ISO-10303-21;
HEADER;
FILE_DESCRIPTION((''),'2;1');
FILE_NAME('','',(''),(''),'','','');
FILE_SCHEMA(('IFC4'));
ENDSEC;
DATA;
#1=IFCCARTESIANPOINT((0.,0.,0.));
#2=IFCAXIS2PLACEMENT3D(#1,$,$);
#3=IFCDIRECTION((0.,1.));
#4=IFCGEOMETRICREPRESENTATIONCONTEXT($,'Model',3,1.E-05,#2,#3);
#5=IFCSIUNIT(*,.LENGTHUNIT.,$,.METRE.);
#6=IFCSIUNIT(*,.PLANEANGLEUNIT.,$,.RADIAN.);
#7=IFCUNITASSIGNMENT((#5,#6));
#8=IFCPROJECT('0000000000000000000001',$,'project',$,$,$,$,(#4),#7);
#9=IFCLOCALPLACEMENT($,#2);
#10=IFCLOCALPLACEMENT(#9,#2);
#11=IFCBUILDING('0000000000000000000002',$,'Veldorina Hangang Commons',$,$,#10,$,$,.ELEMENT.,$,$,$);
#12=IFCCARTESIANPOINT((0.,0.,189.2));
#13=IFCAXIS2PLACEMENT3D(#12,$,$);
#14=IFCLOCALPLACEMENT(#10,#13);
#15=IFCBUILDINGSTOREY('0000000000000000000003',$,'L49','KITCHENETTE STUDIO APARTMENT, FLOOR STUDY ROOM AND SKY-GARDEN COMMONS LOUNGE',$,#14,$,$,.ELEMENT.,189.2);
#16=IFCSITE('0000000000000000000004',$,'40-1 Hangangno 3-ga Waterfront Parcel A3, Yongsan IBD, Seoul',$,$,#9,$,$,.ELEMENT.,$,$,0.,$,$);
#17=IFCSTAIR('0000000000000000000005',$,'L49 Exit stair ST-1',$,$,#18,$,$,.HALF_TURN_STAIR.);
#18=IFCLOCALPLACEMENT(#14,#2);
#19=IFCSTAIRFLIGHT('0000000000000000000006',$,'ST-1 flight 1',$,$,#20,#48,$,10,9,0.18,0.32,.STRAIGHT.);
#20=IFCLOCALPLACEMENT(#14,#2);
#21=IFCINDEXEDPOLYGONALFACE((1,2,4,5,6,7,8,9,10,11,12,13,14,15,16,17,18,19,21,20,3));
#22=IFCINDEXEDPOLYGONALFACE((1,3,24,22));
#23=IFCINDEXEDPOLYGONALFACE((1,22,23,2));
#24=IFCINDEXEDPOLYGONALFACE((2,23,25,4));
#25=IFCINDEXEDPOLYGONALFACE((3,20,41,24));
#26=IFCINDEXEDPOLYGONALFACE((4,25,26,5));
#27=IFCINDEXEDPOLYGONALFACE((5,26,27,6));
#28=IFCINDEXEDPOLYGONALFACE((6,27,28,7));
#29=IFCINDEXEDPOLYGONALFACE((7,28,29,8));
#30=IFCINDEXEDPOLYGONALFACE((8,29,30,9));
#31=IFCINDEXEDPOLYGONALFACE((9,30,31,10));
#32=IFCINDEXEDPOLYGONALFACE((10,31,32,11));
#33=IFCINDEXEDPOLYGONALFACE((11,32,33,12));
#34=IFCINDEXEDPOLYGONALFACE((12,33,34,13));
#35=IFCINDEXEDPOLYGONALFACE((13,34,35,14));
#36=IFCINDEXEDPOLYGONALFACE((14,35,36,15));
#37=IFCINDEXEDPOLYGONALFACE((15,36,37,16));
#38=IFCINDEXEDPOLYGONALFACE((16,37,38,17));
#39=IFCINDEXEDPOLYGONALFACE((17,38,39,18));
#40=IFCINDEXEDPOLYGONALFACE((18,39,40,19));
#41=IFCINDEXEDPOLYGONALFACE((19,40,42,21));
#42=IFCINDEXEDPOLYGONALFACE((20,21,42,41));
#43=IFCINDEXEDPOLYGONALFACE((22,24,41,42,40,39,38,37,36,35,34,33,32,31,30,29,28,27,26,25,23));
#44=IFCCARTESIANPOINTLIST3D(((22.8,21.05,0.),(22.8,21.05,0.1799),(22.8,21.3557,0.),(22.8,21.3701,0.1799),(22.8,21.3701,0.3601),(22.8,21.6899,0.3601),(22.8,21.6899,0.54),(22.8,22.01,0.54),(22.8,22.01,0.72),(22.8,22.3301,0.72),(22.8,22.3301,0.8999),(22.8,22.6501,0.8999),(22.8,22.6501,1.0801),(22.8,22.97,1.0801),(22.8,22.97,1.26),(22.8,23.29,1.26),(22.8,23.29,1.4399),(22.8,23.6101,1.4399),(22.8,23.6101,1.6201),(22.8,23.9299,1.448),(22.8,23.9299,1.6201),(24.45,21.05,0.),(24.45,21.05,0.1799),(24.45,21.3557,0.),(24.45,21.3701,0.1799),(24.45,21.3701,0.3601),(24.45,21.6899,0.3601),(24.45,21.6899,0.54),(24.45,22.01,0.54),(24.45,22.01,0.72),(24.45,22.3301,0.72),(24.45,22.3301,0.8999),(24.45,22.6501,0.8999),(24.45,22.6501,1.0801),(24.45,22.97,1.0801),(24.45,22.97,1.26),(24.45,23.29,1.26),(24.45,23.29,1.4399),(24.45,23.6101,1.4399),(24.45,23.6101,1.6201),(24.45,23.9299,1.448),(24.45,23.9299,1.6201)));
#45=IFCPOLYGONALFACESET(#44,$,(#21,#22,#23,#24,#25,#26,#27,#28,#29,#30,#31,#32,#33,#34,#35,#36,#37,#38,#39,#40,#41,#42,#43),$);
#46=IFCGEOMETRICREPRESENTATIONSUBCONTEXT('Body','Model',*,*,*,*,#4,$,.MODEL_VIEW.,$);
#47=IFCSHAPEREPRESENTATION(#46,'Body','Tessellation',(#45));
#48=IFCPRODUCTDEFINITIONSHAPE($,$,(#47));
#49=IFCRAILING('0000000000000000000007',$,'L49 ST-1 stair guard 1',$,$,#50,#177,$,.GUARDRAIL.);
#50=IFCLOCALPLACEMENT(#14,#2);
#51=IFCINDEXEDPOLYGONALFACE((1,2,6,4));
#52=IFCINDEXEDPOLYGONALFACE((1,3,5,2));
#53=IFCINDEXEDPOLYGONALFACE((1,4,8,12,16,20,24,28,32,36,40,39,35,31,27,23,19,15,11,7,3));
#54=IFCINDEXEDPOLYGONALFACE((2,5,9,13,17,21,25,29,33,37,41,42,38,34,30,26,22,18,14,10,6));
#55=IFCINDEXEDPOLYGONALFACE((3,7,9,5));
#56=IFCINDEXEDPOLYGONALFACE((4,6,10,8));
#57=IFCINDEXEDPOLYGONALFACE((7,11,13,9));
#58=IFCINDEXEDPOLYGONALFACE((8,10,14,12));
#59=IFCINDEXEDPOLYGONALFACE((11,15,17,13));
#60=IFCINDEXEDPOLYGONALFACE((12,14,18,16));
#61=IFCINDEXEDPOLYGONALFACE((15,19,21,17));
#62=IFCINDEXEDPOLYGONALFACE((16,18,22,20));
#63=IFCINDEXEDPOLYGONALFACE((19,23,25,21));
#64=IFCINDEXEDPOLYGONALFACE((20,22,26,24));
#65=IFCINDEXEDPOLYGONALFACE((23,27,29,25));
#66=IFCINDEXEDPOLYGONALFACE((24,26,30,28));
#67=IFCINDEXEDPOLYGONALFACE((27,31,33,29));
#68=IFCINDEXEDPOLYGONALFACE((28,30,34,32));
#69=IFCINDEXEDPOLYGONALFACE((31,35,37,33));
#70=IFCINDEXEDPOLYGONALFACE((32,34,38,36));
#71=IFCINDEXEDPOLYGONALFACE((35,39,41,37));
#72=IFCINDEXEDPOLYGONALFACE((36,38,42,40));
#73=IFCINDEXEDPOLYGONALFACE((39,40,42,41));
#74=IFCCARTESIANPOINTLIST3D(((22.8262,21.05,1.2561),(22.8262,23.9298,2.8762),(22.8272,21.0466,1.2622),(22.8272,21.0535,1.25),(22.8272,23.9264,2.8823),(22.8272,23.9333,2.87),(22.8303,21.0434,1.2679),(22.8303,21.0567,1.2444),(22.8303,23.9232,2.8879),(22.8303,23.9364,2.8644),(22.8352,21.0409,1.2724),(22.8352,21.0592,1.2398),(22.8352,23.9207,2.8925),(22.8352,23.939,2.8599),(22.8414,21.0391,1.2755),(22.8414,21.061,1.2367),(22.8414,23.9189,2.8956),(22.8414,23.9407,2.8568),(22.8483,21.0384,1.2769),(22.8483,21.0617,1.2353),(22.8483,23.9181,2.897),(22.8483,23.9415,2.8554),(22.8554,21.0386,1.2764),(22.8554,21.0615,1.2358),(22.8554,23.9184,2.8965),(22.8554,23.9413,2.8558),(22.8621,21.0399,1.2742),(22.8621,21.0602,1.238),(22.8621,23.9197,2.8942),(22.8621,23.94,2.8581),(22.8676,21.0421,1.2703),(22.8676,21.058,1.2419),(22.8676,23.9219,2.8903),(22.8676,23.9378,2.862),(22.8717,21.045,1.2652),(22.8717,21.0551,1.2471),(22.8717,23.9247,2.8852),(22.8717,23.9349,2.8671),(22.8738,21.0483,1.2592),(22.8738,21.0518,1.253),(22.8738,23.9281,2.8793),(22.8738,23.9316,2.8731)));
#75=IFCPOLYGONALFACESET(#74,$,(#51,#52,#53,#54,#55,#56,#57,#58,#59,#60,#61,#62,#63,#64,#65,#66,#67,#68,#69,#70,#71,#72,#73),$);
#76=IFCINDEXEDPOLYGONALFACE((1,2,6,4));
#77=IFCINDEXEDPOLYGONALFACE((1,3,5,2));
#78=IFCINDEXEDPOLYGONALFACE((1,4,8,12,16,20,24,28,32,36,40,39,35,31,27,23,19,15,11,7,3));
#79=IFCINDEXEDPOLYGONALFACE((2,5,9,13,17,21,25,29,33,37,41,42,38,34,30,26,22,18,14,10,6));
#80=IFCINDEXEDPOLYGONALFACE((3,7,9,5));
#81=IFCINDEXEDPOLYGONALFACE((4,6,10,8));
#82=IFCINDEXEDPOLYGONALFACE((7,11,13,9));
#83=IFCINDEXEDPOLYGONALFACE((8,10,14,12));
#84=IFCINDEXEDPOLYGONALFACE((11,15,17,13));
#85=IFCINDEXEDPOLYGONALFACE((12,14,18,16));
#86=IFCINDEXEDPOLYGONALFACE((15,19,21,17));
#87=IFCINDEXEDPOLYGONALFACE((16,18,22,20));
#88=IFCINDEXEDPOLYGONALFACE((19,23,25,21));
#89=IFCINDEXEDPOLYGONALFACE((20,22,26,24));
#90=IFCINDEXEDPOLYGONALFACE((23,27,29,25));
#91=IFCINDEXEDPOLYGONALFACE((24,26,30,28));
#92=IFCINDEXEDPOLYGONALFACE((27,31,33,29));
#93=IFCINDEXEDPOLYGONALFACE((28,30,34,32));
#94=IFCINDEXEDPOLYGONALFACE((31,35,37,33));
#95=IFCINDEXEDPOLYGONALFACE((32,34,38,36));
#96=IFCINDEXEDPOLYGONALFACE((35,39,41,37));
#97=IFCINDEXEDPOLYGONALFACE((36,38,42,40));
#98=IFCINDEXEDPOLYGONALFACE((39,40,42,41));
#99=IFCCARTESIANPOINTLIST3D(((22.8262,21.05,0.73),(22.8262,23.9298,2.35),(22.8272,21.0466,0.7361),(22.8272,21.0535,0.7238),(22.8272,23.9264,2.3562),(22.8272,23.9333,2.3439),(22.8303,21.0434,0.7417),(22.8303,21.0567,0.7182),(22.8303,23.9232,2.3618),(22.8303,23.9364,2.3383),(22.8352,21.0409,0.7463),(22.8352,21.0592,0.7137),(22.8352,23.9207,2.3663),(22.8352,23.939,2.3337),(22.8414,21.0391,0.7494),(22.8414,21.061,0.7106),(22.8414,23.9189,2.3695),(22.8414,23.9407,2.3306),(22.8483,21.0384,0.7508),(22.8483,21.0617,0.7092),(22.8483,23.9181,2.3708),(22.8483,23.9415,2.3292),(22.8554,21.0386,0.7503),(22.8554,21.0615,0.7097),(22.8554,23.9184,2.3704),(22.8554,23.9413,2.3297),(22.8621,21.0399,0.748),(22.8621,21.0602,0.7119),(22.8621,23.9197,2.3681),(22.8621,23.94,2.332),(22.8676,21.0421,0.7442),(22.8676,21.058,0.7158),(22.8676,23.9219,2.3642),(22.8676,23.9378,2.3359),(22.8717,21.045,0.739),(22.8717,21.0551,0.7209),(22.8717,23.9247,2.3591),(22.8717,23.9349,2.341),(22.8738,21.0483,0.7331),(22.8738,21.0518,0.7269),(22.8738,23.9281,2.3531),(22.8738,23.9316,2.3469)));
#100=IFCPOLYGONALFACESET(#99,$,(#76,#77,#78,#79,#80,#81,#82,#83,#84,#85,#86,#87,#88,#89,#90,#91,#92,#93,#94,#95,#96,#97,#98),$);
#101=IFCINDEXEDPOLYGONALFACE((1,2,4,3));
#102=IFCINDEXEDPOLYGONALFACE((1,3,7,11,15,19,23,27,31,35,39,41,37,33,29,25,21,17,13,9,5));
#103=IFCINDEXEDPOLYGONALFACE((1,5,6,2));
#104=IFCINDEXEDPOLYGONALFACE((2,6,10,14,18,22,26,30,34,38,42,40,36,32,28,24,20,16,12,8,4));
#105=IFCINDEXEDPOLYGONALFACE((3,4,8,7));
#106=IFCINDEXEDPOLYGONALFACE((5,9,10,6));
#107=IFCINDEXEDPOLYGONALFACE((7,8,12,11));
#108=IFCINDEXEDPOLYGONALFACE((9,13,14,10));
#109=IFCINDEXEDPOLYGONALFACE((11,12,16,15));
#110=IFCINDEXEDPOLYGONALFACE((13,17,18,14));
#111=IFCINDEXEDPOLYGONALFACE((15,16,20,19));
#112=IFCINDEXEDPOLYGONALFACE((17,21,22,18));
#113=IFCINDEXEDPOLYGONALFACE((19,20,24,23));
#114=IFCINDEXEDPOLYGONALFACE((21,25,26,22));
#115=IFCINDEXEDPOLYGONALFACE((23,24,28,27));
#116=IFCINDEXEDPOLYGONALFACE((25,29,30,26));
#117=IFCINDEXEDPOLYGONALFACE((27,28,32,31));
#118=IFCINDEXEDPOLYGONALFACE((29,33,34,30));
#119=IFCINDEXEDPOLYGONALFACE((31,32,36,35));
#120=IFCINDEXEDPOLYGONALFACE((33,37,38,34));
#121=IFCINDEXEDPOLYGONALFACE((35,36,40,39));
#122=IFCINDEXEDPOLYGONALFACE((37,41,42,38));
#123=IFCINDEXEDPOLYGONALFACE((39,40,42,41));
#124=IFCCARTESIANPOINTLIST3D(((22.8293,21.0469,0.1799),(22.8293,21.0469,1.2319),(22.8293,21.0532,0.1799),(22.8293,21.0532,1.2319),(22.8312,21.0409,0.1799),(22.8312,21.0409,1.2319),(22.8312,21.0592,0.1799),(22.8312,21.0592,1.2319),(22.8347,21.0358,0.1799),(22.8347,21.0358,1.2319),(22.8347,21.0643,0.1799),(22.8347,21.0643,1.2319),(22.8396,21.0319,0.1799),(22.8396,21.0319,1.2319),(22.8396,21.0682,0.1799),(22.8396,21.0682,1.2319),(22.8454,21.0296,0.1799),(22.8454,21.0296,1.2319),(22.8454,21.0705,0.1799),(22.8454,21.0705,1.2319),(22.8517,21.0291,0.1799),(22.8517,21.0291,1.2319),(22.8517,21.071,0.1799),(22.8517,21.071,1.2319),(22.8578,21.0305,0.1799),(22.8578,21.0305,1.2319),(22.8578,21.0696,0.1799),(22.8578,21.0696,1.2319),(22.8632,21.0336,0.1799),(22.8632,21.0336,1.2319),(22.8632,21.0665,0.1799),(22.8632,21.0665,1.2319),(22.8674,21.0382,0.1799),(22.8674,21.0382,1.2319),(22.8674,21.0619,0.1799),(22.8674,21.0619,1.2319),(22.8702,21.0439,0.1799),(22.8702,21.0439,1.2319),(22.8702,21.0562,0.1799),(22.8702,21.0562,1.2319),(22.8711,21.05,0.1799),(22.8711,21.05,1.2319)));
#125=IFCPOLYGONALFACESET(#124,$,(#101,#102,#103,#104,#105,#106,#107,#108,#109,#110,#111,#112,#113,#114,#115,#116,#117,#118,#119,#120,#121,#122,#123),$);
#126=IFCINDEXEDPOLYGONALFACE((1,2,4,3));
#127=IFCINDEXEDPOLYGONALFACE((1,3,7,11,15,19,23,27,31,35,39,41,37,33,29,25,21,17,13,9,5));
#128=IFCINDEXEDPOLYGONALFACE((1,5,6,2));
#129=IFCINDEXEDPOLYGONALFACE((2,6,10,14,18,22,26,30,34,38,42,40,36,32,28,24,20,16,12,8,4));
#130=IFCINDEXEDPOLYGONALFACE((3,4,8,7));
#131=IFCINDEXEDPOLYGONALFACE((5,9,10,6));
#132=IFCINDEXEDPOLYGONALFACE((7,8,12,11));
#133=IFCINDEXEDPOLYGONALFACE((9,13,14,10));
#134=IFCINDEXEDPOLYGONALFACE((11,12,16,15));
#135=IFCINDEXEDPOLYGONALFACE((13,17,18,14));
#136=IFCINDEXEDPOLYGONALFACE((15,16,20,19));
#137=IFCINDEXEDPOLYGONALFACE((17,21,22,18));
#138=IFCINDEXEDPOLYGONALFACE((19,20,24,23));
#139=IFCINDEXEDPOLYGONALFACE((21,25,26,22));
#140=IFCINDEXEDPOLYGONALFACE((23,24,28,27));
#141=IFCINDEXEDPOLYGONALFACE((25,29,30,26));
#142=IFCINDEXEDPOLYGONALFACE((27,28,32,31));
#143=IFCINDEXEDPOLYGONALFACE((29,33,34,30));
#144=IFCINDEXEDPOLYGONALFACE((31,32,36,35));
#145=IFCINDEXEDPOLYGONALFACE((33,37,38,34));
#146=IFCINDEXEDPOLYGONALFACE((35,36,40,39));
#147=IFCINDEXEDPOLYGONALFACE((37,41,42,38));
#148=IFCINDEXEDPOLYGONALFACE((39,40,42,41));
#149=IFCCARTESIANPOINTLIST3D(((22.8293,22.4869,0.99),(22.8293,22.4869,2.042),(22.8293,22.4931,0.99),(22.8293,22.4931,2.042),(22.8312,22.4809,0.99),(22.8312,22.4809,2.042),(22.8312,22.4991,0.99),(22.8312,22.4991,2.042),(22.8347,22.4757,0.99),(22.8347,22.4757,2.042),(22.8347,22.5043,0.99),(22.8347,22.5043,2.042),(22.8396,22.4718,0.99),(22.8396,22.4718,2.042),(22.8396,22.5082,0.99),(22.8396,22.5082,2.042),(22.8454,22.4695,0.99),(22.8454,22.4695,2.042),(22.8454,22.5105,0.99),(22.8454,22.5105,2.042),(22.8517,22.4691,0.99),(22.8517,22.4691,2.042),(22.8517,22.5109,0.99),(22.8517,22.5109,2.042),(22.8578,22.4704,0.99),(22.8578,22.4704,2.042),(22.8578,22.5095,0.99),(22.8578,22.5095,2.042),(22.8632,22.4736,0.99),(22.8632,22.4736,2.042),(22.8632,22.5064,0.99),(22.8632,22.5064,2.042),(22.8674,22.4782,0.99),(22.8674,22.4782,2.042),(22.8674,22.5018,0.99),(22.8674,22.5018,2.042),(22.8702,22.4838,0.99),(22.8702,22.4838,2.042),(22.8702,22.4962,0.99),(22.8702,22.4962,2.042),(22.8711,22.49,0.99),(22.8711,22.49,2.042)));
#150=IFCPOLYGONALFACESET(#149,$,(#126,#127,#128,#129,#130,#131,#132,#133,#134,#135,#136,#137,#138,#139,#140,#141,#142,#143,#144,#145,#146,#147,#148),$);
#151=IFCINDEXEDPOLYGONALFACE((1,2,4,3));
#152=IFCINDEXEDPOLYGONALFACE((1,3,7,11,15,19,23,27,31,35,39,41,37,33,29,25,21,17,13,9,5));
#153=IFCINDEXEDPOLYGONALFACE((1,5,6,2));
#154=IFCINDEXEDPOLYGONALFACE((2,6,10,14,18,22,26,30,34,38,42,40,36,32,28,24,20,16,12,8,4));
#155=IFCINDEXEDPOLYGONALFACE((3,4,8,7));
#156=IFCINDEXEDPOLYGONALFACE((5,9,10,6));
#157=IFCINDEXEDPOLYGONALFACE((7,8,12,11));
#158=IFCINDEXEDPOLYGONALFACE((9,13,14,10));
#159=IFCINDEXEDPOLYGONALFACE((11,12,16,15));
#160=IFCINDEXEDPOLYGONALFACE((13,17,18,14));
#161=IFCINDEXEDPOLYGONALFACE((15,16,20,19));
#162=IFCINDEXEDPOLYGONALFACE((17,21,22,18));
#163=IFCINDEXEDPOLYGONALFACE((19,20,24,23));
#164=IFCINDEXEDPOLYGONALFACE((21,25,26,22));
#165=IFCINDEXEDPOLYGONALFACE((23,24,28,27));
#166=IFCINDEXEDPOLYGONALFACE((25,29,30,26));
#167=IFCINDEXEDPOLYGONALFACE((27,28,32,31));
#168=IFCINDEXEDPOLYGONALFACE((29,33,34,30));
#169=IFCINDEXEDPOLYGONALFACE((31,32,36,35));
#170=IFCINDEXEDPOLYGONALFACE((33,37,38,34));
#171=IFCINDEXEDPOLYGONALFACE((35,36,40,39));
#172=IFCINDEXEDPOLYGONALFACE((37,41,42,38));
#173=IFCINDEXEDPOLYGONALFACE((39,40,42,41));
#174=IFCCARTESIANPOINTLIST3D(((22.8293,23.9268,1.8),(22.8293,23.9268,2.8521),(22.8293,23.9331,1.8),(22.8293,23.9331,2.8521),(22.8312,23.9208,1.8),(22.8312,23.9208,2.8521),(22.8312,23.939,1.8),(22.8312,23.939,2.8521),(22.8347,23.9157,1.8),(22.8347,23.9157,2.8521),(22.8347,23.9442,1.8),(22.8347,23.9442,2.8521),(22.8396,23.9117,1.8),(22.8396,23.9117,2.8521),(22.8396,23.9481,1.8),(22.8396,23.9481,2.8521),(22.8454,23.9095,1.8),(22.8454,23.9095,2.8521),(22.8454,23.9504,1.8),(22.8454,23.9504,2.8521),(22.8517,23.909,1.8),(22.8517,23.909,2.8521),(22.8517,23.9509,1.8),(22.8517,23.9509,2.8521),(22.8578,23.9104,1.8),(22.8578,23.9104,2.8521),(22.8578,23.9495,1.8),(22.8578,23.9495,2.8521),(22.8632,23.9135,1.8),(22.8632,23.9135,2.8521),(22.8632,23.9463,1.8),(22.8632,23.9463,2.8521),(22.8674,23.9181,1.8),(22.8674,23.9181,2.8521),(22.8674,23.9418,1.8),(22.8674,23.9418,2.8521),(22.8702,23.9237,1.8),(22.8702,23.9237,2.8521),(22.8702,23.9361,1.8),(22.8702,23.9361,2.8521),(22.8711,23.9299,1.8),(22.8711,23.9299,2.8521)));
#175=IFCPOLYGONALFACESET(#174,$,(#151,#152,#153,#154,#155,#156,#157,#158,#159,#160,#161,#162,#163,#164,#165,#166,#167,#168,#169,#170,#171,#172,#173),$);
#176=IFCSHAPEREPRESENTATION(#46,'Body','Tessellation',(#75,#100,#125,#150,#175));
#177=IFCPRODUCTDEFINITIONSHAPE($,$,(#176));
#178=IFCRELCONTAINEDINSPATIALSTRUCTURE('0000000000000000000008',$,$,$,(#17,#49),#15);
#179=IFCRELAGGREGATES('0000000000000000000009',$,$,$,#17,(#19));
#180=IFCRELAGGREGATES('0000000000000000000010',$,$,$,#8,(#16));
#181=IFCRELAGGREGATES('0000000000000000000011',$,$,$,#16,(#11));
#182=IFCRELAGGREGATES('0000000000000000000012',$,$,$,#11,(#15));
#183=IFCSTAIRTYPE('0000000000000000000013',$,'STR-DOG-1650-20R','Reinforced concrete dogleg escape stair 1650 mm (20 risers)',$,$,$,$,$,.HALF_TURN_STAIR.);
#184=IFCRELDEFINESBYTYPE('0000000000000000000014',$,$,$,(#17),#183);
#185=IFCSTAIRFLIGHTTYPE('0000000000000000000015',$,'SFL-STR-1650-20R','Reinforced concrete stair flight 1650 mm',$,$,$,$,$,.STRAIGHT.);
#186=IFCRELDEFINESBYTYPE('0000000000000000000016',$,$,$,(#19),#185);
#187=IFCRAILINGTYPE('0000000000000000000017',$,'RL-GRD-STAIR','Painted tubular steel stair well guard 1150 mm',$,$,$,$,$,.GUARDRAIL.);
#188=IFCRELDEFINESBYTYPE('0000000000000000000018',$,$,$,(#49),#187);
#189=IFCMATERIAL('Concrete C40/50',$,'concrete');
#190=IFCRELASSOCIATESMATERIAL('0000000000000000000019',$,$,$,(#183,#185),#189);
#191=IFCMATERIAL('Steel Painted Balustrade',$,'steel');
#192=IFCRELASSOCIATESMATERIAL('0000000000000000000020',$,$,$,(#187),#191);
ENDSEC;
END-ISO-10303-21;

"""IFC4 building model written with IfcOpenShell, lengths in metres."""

from ifc_helpers import new_model, si_unit, direction, frame, origin, origin_2d, place, context, subcontext, project, spatial, polyline, circle, outline, extrude, material, type_object, element, aggregate, save


model = new_model("IFC4")

# Units and contexts
model_context = context("Model", 3, precision=1e-05, world=origin(), true_north=direction((0.0, 1.0)))
body_context = subcontext(model_context, "Body", "Model", "MODEL_VIEW")
ifc_project = project(units=[si_unit("LENGTHUNIT", "METRE"), si_unit("PLANEANGLEUNIT", "RADIAN")], contexts=[model_context])

# Site, building, storey
site_placement = place(None, origin())
site = spatial("IfcSite", under=ifc_project, at=site_placement, Name="40-1 Hangangno 3-ga Waterfront Parcel A3, Yongsan IBD, Seoul", CompositionType="ELEMENT", RefElevation=0.0)
building_placement = place(site_placement, origin())
building = spatial("IfcBuilding", under=site, at=building_placement, Name="Veldorina Hangang Commons", CompositionType="ELEMENT")
storey_placement = place(building_placement, frame((0.0, 0.0, 189.2)))
storey = spatial("IfcBuildingStorey", under=building, at=storey_placement, Name="L49", Description="KITCHENETTE STUDIO APARTMENT, FLOOR STUDY ROOM AND SKY-GARDEN COMMONS LOUNGE", CompositionType="ELEMENT", Elevation=189.2)

# Stair, stair flight
ifc_material_1 = material(Name="Concrete C40/50", Category="concrete")
stair_type = type_object("IfcStairType", Name="STR-DOG-1650-20R", Description="Reinforced concrete dogleg escape stair 1650 mm (20 risers)", PredefinedType="HALF_TURN_STAIR", material=ifc_material_1)
stair_placement = place(storey_placement, origin())
stair = element("IfcStair", 1, at=stair_placement, inside=storey, type_object=stair_type, Name="L49 Exit stair ST-1", PredefinedType="HALF_TURN_STAIR")
stair_flight_type = type_object("IfcStairFlightType", Name="SFL-STR-1650-20R", Description="Reinforced concrete stair flight 1650 mm", PredefinedType="STRAIGHT", material=ifc_material_1)
stair_flight_placement = place(storey_placement, frame((23.625, 21.05, 0.0), z_axis=(0.0, 0.0, 1.0), x_axis=(0.0, 1.0, 0.0)))
stair_flight = element("IfcStairFlight", 2, at=stair_flight_placement, type_object=stair_flight_type, Name="ST-1 flight 1", NumberOfRisers=10, NumberOfTreads=9, PredefinedType="STRAIGHT", RiserHeight=0.18, TreadLength=0.32, context=body_context, shape_type="SweptSolid", body=[
    extrude(outline(polyline([(0.0, 0.0), (0.0, 0.1799), (0.3201, 0.1799), (0.3201, 0.3601), (0.6399, 0.3601), (0.6399, 0.54), (0.96, 0.54), (0.96, 0.72), (1.28, 0.72), (1.28, 0.8999), (1.6001, 0.8999), (1.6001, 1.0801), (1.9199, 1.0801), (1.9199, 1.26), (2.24, 1.26), (2.24, 1.4399), (2.5601, 1.4399), (2.5601, 1.6201), (2.8799, 1.6201), (2.8799, 1.8), (2.8799, 1.448), (0.3057, 0.0), (0.0, 0.0)])), frame((0.0, 0.825, 0.0), z_axis=(0.0, -1.0, 0.0), x_axis=(1.0, 0.0, 0.0)), (0.0, 0.0, 1.0), 1.6499),
])
aggregate(stair, [stair_flight])

# Railing
ifc_material_2 = material(Name="Steel Painted Balustrade", Category="steel")
railing_type_1 = type_object("IfcRailingType", Name="RL-GRD-STAIR", Description="Painted tubular steel stair well guard 1150 mm", PredefinedType="GUARDRAIL", material=ifc_material_2)
railing_1_placement = place(storey_placement, frame((22.8501, 21.05, 0.1799)))
element("IfcRailing", 3, at=railing_1_placement, inside=storey, type_object=railing_type_1, Name="L49 ST-1 stair guard 1", PredefinedType="GUARDRAIL", context=body_context, shape_type="SweptSolid", body=[
    extrude(circle(Radius=0.0239, at=origin_2d()), frame((0.0, 0.0, 1.0762), z_axis=(0.0, 0.871552, 0.490303), x_axis=(-1.0, 0.0, 0.0)), (0.0, 0.0, 1.0), 3.3042),
    extrude(circle(Radius=0.0239, at=origin_2d()), frame((0.0, 0.0, 0.55), z_axis=(0.0, 0.871552, 0.490303), x_axis=(-1.0, 0.0, 0.0)), (0.0, 0.0, 1.0), 3.3042),
    extrude(circle(Radius=0.021, at=origin_2d()), origin(), (0.0, 0.0, 1.0), 1.052),
    extrude(circle(Radius=0.021, at=origin_2d()), frame((0.0, 1.4399, 0.8101)), (0.0, 0.0, 1.0), 1.052),
    extrude(circle(Radius=0.021, at=origin_2d()), frame((0.0, 2.8799, 1.6201)), (0.0, 0.0, 1.0), 1.052),
])

save(model, "model.ifc")
